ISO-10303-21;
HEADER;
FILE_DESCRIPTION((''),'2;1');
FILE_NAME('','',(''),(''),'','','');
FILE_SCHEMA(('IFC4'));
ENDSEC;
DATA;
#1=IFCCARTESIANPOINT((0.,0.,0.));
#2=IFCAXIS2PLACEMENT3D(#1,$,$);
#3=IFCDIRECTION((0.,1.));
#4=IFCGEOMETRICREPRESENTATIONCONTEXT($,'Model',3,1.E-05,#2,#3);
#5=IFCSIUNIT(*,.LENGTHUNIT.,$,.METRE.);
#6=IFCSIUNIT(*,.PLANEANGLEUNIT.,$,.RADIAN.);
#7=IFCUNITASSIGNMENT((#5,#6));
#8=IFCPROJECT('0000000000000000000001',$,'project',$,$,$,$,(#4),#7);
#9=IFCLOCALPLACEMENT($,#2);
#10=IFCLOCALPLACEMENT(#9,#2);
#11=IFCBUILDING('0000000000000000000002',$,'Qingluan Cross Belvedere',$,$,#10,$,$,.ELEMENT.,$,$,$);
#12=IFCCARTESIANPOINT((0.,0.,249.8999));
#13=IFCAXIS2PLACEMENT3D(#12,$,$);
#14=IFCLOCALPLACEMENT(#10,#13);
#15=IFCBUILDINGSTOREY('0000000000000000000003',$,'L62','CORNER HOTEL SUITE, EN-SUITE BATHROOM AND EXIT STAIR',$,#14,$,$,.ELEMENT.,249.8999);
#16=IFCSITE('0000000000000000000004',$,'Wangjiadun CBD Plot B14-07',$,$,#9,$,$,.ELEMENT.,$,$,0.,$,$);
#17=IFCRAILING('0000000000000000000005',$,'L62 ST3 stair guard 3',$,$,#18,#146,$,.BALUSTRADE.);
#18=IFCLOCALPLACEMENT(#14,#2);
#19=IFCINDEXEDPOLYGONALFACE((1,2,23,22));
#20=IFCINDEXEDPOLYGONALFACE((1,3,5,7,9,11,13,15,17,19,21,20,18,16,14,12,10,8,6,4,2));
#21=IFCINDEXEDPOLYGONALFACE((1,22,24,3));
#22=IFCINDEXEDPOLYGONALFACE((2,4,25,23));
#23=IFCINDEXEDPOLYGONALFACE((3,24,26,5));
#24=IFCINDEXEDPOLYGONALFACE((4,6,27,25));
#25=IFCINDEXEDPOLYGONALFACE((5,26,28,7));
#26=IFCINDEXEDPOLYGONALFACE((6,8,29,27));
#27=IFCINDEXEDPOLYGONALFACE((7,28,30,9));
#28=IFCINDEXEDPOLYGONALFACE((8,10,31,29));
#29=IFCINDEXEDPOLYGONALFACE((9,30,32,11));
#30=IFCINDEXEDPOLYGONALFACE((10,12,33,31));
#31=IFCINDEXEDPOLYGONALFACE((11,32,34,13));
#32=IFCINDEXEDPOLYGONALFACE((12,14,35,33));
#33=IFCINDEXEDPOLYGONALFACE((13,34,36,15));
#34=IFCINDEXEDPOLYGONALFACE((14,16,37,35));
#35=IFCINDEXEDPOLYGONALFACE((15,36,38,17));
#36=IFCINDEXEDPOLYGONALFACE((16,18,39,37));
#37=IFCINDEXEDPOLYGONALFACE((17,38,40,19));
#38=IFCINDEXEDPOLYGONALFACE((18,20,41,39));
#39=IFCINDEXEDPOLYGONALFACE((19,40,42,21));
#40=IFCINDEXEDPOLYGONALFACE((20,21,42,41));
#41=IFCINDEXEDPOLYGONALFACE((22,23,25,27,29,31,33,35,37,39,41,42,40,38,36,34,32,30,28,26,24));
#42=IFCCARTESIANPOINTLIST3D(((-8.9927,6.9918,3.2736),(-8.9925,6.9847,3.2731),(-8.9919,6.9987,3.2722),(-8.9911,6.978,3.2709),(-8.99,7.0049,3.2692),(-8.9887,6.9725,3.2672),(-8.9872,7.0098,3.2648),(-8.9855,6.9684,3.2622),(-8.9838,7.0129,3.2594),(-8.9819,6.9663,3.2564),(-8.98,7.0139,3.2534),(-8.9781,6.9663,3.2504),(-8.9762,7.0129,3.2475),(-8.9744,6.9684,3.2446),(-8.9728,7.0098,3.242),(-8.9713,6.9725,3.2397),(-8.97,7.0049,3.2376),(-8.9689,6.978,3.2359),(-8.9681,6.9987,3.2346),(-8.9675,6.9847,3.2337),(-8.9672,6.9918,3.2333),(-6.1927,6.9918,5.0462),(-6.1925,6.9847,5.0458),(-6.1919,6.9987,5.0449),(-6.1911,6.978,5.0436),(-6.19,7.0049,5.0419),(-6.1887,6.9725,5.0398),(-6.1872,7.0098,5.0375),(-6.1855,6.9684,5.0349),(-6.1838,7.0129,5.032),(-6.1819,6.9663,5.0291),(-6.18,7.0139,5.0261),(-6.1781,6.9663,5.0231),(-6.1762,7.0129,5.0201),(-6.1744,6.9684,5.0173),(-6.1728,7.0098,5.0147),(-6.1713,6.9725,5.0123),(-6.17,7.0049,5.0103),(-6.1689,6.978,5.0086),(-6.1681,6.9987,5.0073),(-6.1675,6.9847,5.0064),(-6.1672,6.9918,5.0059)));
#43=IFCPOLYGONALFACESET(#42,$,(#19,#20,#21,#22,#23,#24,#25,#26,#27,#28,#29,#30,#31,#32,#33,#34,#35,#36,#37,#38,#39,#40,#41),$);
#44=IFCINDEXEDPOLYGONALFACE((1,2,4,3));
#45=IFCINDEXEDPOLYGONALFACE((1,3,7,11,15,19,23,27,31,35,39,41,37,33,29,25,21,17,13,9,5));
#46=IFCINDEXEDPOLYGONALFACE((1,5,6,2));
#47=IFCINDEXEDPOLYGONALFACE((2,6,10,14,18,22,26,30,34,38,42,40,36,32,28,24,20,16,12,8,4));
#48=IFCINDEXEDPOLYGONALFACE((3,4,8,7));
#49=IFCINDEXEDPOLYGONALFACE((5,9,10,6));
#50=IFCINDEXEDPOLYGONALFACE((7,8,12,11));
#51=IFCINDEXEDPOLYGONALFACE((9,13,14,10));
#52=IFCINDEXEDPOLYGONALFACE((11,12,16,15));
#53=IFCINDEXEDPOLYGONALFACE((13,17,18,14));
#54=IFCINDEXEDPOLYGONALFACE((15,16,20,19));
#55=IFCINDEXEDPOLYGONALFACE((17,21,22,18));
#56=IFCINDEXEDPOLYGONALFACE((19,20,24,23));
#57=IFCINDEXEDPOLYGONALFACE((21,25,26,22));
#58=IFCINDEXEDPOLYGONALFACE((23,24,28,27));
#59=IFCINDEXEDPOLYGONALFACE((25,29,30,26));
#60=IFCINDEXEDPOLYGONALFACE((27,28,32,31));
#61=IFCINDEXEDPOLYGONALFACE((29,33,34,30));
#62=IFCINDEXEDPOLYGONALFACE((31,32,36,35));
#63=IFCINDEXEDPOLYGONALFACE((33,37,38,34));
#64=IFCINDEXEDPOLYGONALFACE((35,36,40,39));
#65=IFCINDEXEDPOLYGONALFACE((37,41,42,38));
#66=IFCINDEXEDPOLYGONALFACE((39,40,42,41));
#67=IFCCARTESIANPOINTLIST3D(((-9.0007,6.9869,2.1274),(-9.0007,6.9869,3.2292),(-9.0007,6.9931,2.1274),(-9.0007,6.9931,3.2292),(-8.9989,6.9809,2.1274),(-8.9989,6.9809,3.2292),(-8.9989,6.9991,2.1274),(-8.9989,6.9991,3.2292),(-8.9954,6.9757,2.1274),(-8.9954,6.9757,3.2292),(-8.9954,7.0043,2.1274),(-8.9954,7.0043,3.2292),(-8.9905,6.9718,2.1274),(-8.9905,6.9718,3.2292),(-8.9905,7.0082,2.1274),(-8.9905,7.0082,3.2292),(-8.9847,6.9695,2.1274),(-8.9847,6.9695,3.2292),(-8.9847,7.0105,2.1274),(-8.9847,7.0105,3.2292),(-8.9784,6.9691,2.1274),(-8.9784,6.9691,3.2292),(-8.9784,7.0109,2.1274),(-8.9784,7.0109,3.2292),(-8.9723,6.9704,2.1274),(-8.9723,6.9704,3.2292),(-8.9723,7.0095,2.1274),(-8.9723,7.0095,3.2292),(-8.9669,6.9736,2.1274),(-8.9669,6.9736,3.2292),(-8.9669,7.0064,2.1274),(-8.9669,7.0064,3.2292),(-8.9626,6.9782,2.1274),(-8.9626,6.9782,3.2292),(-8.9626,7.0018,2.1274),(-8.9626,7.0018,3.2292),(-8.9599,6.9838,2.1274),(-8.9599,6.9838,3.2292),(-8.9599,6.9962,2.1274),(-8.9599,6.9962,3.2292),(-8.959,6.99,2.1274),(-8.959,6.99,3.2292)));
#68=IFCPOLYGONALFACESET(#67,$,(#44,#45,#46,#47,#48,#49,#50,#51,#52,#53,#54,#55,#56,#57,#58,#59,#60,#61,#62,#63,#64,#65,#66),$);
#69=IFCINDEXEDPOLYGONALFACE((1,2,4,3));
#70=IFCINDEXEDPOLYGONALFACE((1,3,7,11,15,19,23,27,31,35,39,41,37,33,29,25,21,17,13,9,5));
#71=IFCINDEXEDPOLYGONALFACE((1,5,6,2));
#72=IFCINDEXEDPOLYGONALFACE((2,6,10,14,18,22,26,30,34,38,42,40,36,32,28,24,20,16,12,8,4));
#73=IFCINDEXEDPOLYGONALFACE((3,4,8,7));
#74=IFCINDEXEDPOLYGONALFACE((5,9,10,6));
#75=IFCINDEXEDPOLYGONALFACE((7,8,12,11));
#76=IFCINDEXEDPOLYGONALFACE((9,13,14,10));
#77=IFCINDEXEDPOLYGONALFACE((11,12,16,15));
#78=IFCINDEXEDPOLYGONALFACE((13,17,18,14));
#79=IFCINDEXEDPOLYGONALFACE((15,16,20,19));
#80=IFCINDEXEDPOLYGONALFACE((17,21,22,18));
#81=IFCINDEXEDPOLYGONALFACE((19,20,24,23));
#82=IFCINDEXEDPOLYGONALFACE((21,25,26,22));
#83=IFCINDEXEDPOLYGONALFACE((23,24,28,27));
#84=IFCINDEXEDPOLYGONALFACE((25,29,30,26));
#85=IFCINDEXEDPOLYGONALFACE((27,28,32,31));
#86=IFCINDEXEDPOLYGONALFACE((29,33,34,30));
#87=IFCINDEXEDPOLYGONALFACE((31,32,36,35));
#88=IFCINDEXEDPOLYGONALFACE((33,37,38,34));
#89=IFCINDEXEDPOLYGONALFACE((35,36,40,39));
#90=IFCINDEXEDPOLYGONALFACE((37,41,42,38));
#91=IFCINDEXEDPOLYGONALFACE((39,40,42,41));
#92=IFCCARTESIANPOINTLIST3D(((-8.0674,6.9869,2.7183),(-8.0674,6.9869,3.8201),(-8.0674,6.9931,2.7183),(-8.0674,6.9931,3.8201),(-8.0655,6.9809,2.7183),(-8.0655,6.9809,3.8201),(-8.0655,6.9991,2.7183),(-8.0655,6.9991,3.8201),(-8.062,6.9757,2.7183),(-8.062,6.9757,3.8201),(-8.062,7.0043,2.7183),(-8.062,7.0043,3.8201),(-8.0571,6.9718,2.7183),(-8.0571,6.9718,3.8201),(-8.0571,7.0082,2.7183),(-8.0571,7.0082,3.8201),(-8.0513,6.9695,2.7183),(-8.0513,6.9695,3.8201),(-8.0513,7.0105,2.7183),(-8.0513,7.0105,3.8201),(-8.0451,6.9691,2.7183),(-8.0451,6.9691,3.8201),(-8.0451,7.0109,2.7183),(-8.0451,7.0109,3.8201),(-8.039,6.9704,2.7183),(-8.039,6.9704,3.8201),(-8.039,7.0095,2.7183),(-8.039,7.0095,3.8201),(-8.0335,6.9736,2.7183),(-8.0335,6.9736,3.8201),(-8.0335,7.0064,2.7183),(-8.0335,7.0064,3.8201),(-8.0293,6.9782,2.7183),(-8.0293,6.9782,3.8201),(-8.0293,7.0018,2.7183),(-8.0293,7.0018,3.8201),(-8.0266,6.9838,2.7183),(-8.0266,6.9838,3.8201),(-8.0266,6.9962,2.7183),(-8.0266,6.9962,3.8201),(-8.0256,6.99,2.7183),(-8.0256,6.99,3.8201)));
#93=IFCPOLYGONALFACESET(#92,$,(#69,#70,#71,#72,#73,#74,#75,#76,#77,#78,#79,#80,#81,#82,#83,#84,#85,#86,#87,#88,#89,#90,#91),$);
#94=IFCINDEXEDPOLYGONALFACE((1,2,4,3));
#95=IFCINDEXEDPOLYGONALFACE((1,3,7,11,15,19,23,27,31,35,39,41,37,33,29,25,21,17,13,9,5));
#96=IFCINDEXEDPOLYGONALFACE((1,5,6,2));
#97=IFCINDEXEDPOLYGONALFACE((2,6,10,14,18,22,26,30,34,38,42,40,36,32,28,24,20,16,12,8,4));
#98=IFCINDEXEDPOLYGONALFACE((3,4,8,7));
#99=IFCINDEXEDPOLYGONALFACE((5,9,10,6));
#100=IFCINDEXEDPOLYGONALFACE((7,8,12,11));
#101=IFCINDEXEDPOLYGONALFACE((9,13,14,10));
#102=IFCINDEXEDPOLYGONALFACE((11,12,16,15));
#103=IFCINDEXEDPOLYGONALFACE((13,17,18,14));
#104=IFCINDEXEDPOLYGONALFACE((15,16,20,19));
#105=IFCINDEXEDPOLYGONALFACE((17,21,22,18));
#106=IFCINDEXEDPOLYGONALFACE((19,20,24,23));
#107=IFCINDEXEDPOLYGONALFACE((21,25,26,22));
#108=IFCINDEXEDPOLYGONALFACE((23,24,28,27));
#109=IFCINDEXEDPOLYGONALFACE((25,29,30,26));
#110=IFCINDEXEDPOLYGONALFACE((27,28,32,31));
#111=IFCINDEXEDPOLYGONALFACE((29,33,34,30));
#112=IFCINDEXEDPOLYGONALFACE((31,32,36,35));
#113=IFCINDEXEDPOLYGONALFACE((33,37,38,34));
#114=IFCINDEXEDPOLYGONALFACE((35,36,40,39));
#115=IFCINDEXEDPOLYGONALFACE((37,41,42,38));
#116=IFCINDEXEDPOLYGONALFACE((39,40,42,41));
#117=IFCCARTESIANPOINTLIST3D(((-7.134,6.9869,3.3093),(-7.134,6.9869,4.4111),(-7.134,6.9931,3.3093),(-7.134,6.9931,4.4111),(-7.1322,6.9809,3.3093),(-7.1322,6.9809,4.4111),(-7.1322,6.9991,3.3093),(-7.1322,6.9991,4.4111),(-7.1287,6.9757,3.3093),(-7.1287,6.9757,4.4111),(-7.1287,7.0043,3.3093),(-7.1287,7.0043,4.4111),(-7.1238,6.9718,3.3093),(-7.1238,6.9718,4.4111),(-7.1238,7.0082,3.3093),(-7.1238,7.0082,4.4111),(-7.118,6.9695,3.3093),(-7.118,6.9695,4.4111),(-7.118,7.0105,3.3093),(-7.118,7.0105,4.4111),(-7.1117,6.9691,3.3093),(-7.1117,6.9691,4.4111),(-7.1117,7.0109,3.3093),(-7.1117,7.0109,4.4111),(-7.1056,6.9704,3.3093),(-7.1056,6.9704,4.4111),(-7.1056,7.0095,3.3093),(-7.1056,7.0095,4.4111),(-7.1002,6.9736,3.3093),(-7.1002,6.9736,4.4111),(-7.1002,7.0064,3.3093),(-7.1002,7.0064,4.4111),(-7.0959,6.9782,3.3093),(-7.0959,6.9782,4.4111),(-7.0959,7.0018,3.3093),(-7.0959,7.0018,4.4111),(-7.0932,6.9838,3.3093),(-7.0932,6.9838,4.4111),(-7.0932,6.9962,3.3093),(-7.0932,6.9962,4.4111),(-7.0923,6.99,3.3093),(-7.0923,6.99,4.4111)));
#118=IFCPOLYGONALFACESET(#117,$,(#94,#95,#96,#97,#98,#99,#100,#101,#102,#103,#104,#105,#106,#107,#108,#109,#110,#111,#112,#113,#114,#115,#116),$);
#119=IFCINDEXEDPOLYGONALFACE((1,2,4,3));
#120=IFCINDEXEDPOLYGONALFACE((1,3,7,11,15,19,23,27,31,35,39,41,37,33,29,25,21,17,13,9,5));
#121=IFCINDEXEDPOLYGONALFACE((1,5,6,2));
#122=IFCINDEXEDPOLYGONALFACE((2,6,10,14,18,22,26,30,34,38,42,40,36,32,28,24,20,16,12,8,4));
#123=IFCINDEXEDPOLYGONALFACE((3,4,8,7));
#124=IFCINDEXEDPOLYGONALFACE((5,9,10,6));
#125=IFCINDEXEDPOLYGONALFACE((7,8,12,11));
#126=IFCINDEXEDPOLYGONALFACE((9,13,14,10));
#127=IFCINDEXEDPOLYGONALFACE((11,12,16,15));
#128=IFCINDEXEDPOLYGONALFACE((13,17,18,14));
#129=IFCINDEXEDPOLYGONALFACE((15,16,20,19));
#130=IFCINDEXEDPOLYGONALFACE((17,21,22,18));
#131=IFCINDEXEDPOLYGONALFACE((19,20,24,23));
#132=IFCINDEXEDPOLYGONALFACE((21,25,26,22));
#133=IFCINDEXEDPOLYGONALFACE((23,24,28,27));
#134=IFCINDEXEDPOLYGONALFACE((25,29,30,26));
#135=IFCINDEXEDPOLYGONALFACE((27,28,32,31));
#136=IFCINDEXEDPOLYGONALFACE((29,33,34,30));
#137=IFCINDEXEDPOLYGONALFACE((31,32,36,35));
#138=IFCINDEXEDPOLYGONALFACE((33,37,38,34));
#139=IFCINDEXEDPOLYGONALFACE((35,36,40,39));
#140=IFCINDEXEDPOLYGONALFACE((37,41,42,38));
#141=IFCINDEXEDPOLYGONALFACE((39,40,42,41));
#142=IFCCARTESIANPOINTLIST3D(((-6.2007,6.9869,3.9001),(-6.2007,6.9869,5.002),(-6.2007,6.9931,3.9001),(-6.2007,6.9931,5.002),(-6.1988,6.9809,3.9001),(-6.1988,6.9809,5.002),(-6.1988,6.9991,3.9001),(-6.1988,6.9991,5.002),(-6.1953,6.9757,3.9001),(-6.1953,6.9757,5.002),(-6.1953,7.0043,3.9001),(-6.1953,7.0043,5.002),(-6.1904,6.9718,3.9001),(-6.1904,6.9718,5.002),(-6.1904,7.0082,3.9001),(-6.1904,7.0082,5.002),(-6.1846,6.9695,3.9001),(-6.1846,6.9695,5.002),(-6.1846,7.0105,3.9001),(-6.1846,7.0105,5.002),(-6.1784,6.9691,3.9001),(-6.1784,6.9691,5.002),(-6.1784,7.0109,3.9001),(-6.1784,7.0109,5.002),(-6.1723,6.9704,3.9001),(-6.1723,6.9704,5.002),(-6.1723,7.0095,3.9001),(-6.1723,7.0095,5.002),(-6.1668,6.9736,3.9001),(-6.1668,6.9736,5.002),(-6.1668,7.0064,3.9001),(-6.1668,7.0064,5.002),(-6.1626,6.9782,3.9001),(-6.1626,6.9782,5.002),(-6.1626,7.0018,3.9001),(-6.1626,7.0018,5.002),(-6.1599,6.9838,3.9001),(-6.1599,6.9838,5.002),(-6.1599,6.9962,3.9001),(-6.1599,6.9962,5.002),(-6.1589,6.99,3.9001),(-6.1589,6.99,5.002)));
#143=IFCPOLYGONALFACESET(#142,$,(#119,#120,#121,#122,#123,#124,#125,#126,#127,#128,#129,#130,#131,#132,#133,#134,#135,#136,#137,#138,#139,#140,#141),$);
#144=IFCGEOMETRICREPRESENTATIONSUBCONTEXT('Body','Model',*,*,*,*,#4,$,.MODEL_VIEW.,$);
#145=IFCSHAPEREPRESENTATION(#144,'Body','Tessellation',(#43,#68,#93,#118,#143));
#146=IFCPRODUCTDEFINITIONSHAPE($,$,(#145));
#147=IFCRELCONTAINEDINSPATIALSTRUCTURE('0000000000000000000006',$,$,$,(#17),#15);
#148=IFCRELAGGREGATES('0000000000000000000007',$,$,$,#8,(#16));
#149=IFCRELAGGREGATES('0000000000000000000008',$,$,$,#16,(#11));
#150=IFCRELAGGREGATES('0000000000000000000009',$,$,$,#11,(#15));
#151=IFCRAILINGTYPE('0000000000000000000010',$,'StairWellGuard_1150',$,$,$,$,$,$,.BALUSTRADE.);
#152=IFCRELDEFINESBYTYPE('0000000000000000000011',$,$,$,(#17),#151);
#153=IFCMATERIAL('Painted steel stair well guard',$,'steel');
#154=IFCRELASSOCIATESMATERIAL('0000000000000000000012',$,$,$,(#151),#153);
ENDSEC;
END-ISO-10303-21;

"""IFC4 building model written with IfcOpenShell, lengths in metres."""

from ifc_helpers import new_model, si_unit, direction, frame, origin, origin_2d, place, context, subcontext, project, spatial, circle, extrude, material, type_object, element, save


model = new_model("IFC4")

# Units and contexts
model_context = context("Model", 3, precision=1e-05, world=origin(), true_north=direction((0.0, 1.0)))
body_context = subcontext(model_context, "Body", "Model", "MODEL_VIEW")
ifc_project = project(units=[si_unit("LENGTHUNIT", "METRE"), si_unit("PLANEANGLEUNIT", "RADIAN")], contexts=[model_context])

# Site, building, storey
site_placement = place(None, origin())
site = spatial("IfcSite", under=ifc_project, at=site_placement, Name="Wangjiadun CBD Plot B14-07", CompositionType="ELEMENT", RefElevation=0.0)
building_placement = place(site_placement, origin())
building = spatial("IfcBuilding", under=site, at=building_placement, Name="Qingluan Cross Belvedere", CompositionType="ELEMENT")
storey_placement = place(building_placement, frame((0.0, 0.0, 249.8999)))
storey = spatial("IfcBuildingStorey", under=building, at=storey_placement, Name="L62", Description="CORNER HOTEL SUITE, EN-SUITE BATHROOM AND EXIT STAIR", CompositionType="ELEMENT", Elevation=249.8999)

# Railing
ifc_material_1 = material(Name="Painted steel stair well guard", Category="steel")
railing_type_1 = type_object("IfcRailingType", Name="StairWellGuard_1150", PredefinedType="BALUSTRADE", material=ifc_material_1)
railing_1_placement = place(storey_placement, frame((-8.98, 6.99, 2.1274)))
element("IfcRailing", 1, at=railing_1_placement, inside=storey, type_object=railing_type_1, Name="L62 ST3 stair guard 3", PredefinedType="BALUSTRADE", context=body_context, shape_type="SweptSolid", body=[
    extrude(circle(Radius=0.0239, at=origin_2d()), frame((0.0, 0.0, 1.126), z_axis=(0.844909, 0.0, 0.53491), x_axis=(0.0, 1.0, 0.0)), (0.0, 0.0, 1.0), 3.314),
    extrude(circle(Radius=0.021, at=origin_2d()), origin(), (0.0, 0.0, 1.0), 1.1018),
    extrude(circle(Radius=0.021, at=origin_2d()), frame((0.9333, 0.0, 0.5908)), (0.0, 0.0, 1.0), 1.1018),
    extrude(circle(Radius=0.021, at=origin_2d()), frame((1.8667, 0.0, 1.1819)), (0.0, 0.0, 1.0), 1.1018),
    extrude(circle(Radius=0.021, at=origin_2d()), frame((2.8, 0.0, 1.7727)), (0.0, 0.0, 1.0), 1.1018),
])

save(model, "model.ifc")
